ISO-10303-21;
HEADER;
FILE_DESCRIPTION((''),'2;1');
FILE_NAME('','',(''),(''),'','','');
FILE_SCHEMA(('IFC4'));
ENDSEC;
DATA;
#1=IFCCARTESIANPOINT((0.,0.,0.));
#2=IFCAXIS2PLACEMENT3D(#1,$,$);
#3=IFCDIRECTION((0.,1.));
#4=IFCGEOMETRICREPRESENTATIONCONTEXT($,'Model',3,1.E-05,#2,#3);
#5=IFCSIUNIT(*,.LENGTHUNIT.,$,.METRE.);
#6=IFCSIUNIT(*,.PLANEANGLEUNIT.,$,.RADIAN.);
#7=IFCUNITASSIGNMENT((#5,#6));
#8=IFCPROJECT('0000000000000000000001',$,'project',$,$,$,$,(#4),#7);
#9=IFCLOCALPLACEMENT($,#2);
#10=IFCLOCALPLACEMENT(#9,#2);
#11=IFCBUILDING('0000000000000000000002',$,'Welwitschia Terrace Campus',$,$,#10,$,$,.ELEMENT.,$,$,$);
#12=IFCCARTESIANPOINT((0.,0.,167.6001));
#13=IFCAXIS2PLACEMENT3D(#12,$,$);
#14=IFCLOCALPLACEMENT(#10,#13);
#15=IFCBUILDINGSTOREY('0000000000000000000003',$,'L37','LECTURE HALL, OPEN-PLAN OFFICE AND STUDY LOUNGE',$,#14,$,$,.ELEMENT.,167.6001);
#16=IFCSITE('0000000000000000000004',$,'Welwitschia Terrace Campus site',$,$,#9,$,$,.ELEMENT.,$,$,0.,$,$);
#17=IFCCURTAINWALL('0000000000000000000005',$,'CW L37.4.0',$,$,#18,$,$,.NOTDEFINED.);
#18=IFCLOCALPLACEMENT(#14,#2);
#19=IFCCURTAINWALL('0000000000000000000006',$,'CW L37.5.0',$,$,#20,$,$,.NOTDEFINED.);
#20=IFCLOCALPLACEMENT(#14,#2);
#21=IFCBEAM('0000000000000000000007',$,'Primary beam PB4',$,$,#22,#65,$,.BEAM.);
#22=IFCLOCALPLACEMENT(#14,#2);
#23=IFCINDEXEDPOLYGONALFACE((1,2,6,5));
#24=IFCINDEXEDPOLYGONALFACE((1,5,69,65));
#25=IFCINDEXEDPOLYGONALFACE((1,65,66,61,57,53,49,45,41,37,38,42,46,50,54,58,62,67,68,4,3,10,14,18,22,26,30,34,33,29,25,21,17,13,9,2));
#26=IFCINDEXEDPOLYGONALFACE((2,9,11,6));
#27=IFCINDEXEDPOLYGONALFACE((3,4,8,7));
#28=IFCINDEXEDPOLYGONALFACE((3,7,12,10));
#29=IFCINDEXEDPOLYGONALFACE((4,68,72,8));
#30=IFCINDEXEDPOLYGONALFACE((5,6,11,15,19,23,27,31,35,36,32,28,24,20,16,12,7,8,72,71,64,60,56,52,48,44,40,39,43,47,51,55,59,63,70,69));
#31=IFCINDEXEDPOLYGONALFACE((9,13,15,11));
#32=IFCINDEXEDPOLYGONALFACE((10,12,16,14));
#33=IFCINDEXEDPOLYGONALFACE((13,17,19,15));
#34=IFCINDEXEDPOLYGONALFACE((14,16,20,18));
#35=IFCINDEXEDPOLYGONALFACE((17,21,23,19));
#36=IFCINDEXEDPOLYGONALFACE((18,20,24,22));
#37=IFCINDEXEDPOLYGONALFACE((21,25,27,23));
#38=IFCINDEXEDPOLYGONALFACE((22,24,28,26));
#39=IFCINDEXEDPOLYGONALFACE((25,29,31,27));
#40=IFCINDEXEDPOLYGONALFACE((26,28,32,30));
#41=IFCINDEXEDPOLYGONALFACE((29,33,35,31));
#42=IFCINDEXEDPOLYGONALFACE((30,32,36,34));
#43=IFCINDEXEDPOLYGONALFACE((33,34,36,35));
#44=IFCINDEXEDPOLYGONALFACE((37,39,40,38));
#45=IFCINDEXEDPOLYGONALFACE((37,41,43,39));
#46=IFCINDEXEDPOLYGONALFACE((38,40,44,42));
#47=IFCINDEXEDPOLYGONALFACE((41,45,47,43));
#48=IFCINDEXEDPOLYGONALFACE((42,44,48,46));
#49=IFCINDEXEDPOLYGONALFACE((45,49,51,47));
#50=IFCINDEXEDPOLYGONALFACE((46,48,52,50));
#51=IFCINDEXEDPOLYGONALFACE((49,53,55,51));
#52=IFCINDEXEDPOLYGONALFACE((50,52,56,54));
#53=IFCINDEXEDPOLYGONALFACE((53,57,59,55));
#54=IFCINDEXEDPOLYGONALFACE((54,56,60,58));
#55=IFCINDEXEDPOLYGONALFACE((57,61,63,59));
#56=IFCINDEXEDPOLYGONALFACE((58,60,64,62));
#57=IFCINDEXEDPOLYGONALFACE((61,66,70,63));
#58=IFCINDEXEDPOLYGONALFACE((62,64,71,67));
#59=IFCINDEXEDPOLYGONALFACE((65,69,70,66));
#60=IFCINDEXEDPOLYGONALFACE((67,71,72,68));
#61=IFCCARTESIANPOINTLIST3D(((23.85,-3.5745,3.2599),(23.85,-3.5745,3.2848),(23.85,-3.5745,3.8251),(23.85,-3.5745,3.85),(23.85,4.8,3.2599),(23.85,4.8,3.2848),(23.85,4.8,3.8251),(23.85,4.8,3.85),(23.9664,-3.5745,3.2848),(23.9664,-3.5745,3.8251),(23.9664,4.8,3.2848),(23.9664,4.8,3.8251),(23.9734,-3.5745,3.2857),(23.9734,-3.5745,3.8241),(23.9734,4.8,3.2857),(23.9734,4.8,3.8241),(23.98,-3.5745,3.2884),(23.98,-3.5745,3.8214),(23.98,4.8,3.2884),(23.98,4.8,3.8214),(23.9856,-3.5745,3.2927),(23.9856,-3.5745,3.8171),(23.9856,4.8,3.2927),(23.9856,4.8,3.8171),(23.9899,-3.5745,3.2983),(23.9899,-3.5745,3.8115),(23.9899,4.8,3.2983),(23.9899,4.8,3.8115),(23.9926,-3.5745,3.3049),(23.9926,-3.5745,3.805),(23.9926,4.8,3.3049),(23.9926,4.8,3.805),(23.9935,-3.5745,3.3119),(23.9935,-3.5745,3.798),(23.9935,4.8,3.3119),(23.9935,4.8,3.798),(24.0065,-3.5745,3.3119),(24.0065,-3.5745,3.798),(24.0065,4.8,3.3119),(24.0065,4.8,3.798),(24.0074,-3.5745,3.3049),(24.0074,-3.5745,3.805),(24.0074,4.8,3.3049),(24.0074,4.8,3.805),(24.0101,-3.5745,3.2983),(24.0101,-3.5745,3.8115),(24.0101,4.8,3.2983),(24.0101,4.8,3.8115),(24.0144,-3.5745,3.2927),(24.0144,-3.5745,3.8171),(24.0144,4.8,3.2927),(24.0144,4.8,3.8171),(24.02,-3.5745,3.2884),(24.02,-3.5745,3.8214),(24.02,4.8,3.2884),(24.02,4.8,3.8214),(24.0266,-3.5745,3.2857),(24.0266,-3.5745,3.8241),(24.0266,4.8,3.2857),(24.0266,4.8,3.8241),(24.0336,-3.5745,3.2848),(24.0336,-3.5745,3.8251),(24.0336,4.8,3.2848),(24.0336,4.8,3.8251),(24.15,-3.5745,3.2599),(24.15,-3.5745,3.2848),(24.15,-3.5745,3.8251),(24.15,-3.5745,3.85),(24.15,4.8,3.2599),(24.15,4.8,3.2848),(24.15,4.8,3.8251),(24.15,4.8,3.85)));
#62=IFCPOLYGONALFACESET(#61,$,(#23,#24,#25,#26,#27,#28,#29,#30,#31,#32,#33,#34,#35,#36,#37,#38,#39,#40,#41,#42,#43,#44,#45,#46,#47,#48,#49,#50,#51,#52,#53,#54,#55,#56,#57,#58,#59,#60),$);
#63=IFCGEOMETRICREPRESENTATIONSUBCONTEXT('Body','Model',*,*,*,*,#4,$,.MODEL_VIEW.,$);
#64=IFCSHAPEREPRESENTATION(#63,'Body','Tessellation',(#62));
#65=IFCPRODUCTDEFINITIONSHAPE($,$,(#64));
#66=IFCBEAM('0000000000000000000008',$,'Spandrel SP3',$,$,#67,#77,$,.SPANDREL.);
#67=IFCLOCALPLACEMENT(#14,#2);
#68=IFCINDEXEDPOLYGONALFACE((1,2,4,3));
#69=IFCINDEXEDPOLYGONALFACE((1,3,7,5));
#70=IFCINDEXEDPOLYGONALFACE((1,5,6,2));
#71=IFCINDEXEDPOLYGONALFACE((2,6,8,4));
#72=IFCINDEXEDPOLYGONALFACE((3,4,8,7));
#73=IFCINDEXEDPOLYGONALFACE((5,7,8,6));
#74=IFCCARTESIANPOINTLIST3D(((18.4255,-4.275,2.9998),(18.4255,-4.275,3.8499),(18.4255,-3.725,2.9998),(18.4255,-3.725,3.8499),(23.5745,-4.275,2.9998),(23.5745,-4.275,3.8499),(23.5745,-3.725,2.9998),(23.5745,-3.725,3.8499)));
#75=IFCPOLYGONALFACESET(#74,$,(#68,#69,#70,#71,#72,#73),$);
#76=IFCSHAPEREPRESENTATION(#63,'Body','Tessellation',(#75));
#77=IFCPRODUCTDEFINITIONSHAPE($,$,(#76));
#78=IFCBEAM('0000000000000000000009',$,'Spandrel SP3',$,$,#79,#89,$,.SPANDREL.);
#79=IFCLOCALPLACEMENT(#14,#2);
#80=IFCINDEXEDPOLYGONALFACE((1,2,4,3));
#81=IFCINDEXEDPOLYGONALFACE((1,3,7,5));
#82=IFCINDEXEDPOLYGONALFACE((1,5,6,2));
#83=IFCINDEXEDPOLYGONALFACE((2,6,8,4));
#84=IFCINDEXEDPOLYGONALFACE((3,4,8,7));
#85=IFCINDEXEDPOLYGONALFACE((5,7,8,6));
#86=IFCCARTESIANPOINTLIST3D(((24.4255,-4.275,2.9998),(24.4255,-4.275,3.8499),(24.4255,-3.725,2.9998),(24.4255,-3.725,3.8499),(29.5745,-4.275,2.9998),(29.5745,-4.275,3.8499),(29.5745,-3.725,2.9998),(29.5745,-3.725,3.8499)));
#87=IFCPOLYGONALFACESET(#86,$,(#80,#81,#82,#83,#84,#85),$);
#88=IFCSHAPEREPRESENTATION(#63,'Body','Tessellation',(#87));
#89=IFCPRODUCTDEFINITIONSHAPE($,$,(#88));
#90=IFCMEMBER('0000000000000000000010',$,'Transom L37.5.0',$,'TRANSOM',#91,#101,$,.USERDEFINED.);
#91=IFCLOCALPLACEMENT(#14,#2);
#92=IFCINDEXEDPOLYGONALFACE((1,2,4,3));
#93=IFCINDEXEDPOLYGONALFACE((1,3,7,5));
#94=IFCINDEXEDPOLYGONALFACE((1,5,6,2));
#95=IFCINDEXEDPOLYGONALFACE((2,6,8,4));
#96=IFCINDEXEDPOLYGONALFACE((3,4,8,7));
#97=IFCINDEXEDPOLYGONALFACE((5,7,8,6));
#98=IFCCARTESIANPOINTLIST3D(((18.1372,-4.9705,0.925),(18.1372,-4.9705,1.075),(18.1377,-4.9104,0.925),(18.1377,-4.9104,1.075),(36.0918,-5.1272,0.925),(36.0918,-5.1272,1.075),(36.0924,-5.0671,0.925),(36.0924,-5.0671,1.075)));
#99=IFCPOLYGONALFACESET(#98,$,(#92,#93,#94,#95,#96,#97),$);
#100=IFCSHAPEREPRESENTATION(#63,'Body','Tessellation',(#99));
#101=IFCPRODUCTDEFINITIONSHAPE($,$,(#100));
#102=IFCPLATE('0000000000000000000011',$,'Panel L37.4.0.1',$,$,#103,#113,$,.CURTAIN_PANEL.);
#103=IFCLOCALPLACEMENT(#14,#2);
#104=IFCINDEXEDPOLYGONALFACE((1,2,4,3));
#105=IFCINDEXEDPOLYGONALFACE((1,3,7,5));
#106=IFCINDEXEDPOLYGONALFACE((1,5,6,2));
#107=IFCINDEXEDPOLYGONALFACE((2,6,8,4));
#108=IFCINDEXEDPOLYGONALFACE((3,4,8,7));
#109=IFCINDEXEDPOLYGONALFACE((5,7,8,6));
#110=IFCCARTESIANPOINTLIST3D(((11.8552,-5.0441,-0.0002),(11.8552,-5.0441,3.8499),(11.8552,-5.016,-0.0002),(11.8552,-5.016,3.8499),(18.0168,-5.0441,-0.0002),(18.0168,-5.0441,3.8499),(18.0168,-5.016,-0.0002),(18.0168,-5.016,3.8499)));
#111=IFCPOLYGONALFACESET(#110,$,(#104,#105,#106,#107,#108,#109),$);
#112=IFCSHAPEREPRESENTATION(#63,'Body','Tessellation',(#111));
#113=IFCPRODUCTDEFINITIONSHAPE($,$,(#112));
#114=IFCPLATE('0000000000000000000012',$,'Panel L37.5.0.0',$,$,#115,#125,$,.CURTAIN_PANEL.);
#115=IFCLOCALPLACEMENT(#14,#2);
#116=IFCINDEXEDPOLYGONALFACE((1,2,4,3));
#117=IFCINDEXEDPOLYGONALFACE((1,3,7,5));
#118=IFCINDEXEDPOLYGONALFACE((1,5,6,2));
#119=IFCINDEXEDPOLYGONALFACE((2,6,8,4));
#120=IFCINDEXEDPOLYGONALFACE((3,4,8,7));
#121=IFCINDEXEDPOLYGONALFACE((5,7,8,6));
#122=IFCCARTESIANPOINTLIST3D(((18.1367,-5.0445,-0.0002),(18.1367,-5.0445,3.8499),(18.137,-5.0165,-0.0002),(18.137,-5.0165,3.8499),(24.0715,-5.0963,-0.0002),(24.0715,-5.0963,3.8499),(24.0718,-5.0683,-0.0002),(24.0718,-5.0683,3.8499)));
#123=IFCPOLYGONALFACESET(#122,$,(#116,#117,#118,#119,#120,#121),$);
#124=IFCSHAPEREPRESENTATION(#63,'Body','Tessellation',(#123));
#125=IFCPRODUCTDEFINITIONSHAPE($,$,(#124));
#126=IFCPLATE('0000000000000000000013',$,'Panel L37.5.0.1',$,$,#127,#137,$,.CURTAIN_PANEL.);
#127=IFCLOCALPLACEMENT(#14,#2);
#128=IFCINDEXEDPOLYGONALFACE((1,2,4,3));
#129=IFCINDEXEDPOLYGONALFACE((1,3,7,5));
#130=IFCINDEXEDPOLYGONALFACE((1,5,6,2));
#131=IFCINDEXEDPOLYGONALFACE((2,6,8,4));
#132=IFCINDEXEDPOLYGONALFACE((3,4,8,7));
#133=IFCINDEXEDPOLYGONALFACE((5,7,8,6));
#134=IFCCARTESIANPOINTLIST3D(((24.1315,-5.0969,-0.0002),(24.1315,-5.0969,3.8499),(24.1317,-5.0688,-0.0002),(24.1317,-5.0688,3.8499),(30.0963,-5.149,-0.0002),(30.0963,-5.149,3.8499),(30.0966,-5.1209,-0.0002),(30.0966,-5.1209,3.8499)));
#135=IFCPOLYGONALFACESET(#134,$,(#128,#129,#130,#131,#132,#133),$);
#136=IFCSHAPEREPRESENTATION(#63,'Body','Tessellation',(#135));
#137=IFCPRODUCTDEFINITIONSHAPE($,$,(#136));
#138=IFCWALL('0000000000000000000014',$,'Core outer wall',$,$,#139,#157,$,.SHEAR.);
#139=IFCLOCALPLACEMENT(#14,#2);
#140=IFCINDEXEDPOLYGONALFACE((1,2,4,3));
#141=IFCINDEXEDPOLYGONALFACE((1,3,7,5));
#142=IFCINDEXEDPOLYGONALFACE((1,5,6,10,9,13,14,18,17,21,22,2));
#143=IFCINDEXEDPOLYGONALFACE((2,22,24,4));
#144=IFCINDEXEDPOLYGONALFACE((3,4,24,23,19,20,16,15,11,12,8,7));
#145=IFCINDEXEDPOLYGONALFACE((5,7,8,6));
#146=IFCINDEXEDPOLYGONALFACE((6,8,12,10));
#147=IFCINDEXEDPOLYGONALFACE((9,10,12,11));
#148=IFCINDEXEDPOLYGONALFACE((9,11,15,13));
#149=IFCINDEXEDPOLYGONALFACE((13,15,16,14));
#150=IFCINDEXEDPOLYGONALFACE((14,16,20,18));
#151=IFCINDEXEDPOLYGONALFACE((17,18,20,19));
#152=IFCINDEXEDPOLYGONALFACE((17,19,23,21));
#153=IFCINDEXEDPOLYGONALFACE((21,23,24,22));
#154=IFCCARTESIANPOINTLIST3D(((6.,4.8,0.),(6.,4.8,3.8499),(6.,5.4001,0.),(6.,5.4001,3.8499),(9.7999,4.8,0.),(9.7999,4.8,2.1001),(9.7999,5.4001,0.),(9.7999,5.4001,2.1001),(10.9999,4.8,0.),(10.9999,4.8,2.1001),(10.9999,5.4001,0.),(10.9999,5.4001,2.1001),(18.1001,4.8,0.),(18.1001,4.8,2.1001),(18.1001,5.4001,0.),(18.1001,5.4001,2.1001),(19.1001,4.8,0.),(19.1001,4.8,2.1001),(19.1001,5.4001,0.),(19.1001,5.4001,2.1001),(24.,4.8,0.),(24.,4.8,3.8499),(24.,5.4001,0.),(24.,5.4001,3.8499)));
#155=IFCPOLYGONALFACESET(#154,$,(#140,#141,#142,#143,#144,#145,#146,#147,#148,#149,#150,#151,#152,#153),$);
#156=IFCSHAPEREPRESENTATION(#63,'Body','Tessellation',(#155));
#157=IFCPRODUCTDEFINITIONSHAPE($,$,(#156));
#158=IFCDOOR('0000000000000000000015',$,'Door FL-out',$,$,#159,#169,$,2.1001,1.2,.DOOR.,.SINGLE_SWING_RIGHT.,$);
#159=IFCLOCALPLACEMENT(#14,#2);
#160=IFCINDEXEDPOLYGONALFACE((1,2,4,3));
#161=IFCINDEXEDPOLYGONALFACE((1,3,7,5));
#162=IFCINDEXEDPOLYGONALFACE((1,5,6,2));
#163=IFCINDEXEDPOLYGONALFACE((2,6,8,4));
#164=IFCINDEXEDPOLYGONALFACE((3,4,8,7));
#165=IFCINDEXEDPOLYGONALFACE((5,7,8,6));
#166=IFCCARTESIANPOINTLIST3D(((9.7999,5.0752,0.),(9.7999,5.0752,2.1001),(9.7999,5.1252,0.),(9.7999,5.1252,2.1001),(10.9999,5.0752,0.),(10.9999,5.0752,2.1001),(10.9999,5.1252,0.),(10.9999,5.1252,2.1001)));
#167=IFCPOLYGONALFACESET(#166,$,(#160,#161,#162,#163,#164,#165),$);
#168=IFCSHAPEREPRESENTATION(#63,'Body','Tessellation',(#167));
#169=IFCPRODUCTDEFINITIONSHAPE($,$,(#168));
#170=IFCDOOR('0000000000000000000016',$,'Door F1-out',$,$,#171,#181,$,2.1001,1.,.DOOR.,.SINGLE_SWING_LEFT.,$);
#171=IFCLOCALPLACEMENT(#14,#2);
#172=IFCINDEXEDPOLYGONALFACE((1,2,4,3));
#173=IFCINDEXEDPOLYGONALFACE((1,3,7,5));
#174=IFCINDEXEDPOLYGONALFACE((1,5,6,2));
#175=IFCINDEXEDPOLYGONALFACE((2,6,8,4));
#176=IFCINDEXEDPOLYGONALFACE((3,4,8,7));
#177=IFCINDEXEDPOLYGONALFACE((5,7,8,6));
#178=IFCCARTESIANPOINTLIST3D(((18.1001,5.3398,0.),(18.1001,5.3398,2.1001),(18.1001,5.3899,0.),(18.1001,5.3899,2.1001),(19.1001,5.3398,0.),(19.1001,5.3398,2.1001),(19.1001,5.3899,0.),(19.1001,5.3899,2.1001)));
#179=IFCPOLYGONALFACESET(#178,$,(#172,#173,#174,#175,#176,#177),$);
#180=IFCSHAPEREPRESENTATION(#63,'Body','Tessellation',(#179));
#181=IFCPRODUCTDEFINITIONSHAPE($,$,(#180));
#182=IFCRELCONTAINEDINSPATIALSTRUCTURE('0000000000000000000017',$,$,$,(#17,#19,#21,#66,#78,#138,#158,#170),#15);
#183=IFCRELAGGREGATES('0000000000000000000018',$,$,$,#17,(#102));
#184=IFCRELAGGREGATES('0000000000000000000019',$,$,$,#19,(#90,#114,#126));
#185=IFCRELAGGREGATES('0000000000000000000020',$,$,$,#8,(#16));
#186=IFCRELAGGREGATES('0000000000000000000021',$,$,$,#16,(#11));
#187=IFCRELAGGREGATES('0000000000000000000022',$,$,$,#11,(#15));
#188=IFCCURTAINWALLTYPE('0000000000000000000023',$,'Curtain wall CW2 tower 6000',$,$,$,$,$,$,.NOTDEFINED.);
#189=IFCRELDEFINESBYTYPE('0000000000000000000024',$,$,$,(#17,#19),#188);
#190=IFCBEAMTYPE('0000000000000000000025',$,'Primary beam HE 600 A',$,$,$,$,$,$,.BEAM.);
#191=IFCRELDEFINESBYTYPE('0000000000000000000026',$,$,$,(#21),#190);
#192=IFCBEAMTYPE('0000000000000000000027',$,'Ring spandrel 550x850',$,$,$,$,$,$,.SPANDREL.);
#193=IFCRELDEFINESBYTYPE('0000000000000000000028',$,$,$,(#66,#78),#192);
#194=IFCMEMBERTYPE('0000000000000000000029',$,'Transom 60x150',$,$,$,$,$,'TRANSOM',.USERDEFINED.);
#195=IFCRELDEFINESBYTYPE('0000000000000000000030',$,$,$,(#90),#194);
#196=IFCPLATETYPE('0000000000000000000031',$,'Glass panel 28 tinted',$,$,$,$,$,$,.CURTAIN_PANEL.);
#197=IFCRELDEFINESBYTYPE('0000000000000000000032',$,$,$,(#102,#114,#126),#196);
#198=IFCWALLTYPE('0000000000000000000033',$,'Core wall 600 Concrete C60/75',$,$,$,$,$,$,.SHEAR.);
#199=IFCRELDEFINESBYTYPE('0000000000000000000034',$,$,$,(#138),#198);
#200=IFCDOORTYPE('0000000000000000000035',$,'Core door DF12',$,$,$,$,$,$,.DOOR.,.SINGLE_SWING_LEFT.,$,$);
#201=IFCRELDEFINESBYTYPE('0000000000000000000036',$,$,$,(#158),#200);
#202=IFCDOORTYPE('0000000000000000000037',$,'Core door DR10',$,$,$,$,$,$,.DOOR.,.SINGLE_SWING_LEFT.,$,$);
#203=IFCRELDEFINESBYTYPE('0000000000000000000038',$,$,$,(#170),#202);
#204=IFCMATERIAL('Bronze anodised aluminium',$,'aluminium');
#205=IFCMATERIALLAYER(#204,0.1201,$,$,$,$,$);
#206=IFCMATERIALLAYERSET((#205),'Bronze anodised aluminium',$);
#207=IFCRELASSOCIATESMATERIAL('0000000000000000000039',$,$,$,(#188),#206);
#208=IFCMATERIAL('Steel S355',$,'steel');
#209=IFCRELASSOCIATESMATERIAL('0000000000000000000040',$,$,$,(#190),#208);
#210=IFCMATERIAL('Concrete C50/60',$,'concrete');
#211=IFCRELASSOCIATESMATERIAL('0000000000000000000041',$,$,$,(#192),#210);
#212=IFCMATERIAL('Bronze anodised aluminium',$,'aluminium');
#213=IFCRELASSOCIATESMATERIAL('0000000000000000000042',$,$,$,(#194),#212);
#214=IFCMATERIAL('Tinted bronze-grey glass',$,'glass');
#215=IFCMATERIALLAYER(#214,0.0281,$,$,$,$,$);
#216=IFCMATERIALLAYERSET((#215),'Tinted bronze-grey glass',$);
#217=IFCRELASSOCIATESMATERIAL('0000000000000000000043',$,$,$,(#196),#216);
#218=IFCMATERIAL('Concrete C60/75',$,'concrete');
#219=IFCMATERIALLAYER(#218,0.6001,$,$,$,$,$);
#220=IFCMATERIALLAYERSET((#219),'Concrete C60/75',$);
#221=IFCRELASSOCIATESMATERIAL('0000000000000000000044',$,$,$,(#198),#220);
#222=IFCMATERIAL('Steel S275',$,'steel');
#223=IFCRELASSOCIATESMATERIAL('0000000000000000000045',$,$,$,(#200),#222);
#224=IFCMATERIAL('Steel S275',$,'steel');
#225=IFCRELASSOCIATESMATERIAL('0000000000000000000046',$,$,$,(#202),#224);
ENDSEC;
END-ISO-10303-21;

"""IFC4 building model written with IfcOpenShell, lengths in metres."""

from ifc_helpers import new_model, si_unit, direction, frame, frame_2d, origin, origin_2d, place, context, subcontext, project, spatial, rectangle, i_section, extrude, material, layer, layer_set, material_profile, profile_set, type_object, element, fill, aggregate, save


model = new_model("IFC4")

# Units and contexts
model_context = context("Model", 3, precision=1e-05, world=origin(), true_north=direction((0.0, 1.0)))
body_context = subcontext(model_context, "Body", "Model", "MODEL_VIEW")
ifc_project = project(units=[si_unit("LENGTHUNIT", "METRE"), si_unit("PLANEANGLEUNIT", "RADIAN")], contexts=[model_context])

# Site, building, storey
site_placement = place(None, origin())
site = spatial("IfcSite", under=ifc_project, at=site_placement, Name="Welwitschia Terrace Campus site", CompositionType="ELEMENT", RefElevation=0.0)
building_placement = place(site_placement, origin())
building = spatial("IfcBuilding", under=site, at=building_placement, Name="Welwitschia Terrace Campus", CompositionType="ELEMENT")
storey_placement = place(building_placement, frame((0.0, 0.0, 167.6001)))
storey = spatial("IfcBuildingStorey", under=building, at=storey_placement, Name="L37", Description="LECTURE HALL, OPEN-PLAN OFFICE AND STUDY LOUNGE", CompositionType="ELEMENT", Elevation=167.6001)

# Curtain wall
ifc_material_1 = material(Name="Bronze anodised aluminium", Category="aluminium")
ifc_layer_1 = layer(ifc_material_1, 0.1201)
ifc_layer_set_1 = layer_set([ifc_layer_1], Name="Bronze anodised aluminium")
curtain_wall_type = type_object("IfcCurtainWallType", Name="Curtain wall CW2 tower 6000", PredefinedType="NOTDEFINED", material=ifc_layer_set_1)
curtain_wall_1_placement = place(storey_placement, origin())
curtain_wall_1 = element("IfcCurtainWall", 1, at=curtain_wall_1_placement, inside=storey, type_object=curtain_wall_type, Name="CW L37.4.0", PredefinedType="NOTDEFINED")

# Curtain wall
curtain_wall_2_placement = place(storey_placement, origin())
curtain_wall_2 = element("IfcCurtainWall", 2, at=curtain_wall_2_placement, inside=storey, type_object=curtain_wall_type, Name="CW L37.5.0", PredefinedType="NOTDEFINED")

# Beams
ifc_material_2 = material(Name="Steel S355", Category="steel")
ifc_material_profile_1 = material_profile(ifc_material_2, i_section(OverallWidth=0.3, OverallDepth=0.5901, WebThickness=0.0129, FlangeThickness=0.0249, FilletRadius=0.0271, at=origin_2d()))
ifc_profile_set_1 = profile_set([ifc_material_profile_1], Name="Steel S355")
beam_type_1 = type_object("IfcBeamType", Name="Primary beam HE 600 A", PredefinedType="BEAM", material=ifc_profile_set_1)
beam_1_placement = place(storey_placement, frame((24.0, -3.5745, 3.5549), z_axis=(0.0, 1.0, 0.0), x_axis=(-1.0, 0.0, 0.0)))
element("IfcBeam", 3, at=beam_1_placement, inside=storey, type_object=beam_type_1, Name="Primary beam PB4", PredefinedType="BEAM", context=body_context, shape_type="SweptSolid", body=[
    extrude(i_section(OverallWidth=0.3, OverallDepth=0.5901, WebThickness=0.0129, FlangeThickness=0.0249, FilletRadius=0.0271, at=origin_2d()), origin(), (0.0, 0.0, 1.0), 8.3745),
])
ifc_material_3 = material(Name="Concrete C50/60", Category="concrete")
ifc_material_profile_2 = material_profile(ifc_material_3, rectangle(XDim=0.55, YDim=0.8501, at=origin_2d()))
ifc_profile_set_2 = profile_set([ifc_material_profile_2], Name="Concrete C50/60")
beam_type_2 = type_object("IfcBeamType", Name="Ring spandrel 550x850", PredefinedType="SPANDREL", material=ifc_profile_set_2)
for number, where, z_axis, x_axis, name in (
    (4, (18.4255, -4.0, 3.4248), (1.0, 0.0, 0.0), (0.0, 1.0, 0.0), "Spandrel SP3"),
    (5, (24.4255, -4.0, 3.4248), (1.0, 0.0, 0.0), (0.0, 1.0, 0.0), "Spandrel SP3"),
):
    element("IfcBeam", number, at=place(storey_placement, frame(where, z_axis=z_axis, x_axis=x_axis)), inside=storey, type_object=beam_type_2, Name=name, PredefinedType="SPANDREL", context=body_context, shape_type="SweptSolid", body=[
        extrude(rectangle(XDim=0.55, YDim=0.8501, at=origin_2d()), origin(), (0.0, 0.0, 1.0), 5.1489),
    ])

# Member
ifc_material_4 = material(Name="Bronze anodised aluminium", Category="aluminium")
ifc_material_profile_3 = material_profile(ifc_material_4, rectangle(XDim=0.0601, YDim=0.1499, at=origin_2d()))
ifc_profile_set_3 = profile_set([ifc_material_profile_3], Name="Bronze anodised aluminium")
member_type_1 = type_object("IfcMemberType", Name="Transom 60x150", ElementType="TRANSOM", PredefinedType="USERDEFINED", material=ifc_profile_set_3)
member_1_placement = place(storey_placement, frame((18.1375, -4.9404, 1.0), z_axis=(0.999962, -0.008729, 0.0), x_axis=(0.008729, 0.999962, 0.0)))
member_1 = element("IfcMember", 6, at=member_1_placement, type_object=member_type_1, Name="Transom L37.5.0", ObjectType="TRANSOM", PredefinedType="USERDEFINED", context=body_context, shape_type="SweptSolid", body=[
    extrude(rectangle(XDim=0.0601, YDim=0.1499, at=origin_2d()), origin(), (0.0, 0.0, 1.0), 17.9553),
])

# Plates
ifc_material_5 = material(Name="Tinted bronze-grey glass", Category="glass")
ifc_layer_2 = layer(ifc_material_5, 0.0281)
ifc_layer_set_2 = layer_set([ifc_layer_2], Name="Tinted bronze-grey glass")
plate_type = type_object("IfcPlateType", Name="Glass panel 28 tinted", PredefinedType="CURTAIN_PANEL", material=ifc_layer_set_2)
plate_1_placement = place(storey_placement, frame((14.936, -5.03, -0.0002), z_axis=(0.0, 0.0, 1.0), x_axis=(1.0, 0.0, 0.0)))
plate_1 = element("IfcPlate", 7, at=plate_1_placement, type_object=plate_type, Name="Panel L37.4.0.1", PredefinedType="CURTAIN_PANEL", context=body_context, shape_type="SweptSolid", body=[
    extrude(rectangle(XDim=6.1616, YDim=0.0281, at=origin_2d()), origin(), (0.0, 0.0, 1.0), 3.8501),
])
aggregate(curtain_wall_1, [plate_1])
plate_2_placement = place(storey_placement, frame((21.1042, -5.0564, -0.0002), z_axis=(0.0, 0.0, 1.0), x_axis=(0.999962, -0.008727, 0.0)))
plate_2 = element("IfcPlate", 8, at=plate_2_placement, type_object=plate_type, Name="Panel L37.5.0.0", PredefinedType="CURTAIN_PANEL", context=body_context, shape_type="SweptSolid", body=[
    extrude(rectangle(XDim=5.9351, YDim=0.0281, at=origin_2d()), origin(), (0.0, 0.0, 1.0), 3.8501),
])
plate_3_placement = place(storey_placement, frame((27.114, -5.1089, -0.0002), z_axis=(0.0, 0.0, 1.0), x_axis=(0.999962, -0.008727, 0.0)))
plate_3 = element("IfcPlate", 9, at=plate_3_placement, type_object=plate_type, Name="Panel L37.5.0.1", PredefinedType="CURTAIN_PANEL", context=body_context, shape_type="SweptSolid", body=[
    extrude(rectangle(XDim=5.9651, YDim=0.0281, at=origin_2d()), origin(), (0.0, 0.0, 1.0), 3.8501),
])
aggregate(curtain_wall_2, [member_1, plate_2, plate_3])

# Wall, openings, doors
ifc_material_6 = material(Name="Concrete C60/75", Category="concrete")
ifc_layer_3 = layer(ifc_material_6, 0.6001)
ifc_layer_set_3 = layer_set([ifc_layer_3], Name="Concrete C60/75")
wall_type_1 = type_object("IfcWallType", Name="Core wall 600 Concrete C60/75", PredefinedType="SHEAR", material=ifc_layer_set_3)
wall_1_placement = place(storey_placement, frame((24.0, 5.1001, 0.0), z_axis=(0.0, 0.0, 1.0), x_axis=(-1.0, 0.0, 0.0)))
wall_1 = element("IfcWall", 10, at=wall_1_placement, inside=storey, type_object=wall_type_1, Name="Core outer wall", PredefinedType="SHEAR", context=body_context, shape_type="SweptSolid", body=[
    extrude(rectangle(XDim=18.0, YDim=0.6001, at=frame_2d((9.0, 0.0))), origin(), (0.0, 0.0, 1.0), 3.8499),
])
opening_1_placement = place(wall_1_placement, frame((13.0, 0.0, 0.0)))
opening_1 = element("IfcOpeningElement", 11, at=opening_1_placement, cuts=wall_1, PredefinedType="OPENING", context=body_context, shape_type="SweptSolid", body=[
    extrude(rectangle(XDim=1.2, YDim=2.1001, at=frame_2d((0.6001, 1.05))), frame((0.0, 0.3101, 0.0), z_axis=(0.0, -1.0, 0.0), x_axis=(1.0, 0.0, 0.0)), (0.0, 0.0, 1.0), 0.6201),
])
opening_2_placement = place(wall_1_placement, frame((4.8999, 0.0, 0.0)))
opening_2 = element("IfcOpeningElement", 12, at=opening_2_placement, cuts=wall_1, PredefinedType="OPENING", context=body_context, shape_type="SweptSolid", body=[
    extrude(rectangle(XDim=1.0, YDim=2.1001, at=frame_2d((0.5, 1.05))), frame((0.0, 0.3101, 0.0), z_axis=(0.0, -1.0, 0.0), x_axis=(1.0, 0.0, 0.0)), (0.0, 0.0, 1.0), 0.6201),
])
ifc_material_7 = material(Name="Steel S275", Category="steel")
door_type_1 = type_object("IfcDoorType", Name="Core door DF12", OperationType="SINGLE_SWING_LEFT", PredefinedType="DOOR", material=ifc_material_7)
door_1_placement = place(opening_1_placement, origin())
door_1 = element("IfcDoor", 13, at=door_1_placement, inside=storey, type_object=door_type_1, Name="Door FL-out", OperationType="SINGLE_SWING_RIGHT", OverallHeight=2.1001, OverallWidth=1.2, PredefinedType="DOOR", context=body_context, shape_type="SweptSolid", body=[
    extrude(rectangle(XDim=1.2, YDim=2.1001, at=frame_2d((0.6001, 1.05))), frame((0.0, 0.0249, 0.0), z_axis=(0.0, -1.0, 0.0), x_axis=(1.0, 0.0, 0.0)), (0.0, 0.0, 1.0), 0.05),
])
fill(opening_1, door_1)
ifc_material_8 = material(Name="Steel S275", Category="steel")
door_type_2 = type_object("IfcDoorType", Name="Core door DR10", OperationType="SINGLE_SWING_LEFT", PredefinedType="DOOR", material=ifc_material_8)
door_2_placement = place(opening_2_placement, origin())
door_2 = element("IfcDoor", 14, at=door_2_placement, inside=storey, type_object=door_type_2, Name="Door F1-out", OperationType="SINGLE_SWING_LEFT", OverallHeight=2.1001, OverallWidth=1.0, PredefinedType="DOOR", context=body_context, shape_type="SweptSolid", body=[
    extrude(rectangle(XDim=1.0, YDim=2.1001, at=frame_2d((0.5, 1.05))), frame((0.0, -0.2397, 0.0), z_axis=(0.0, -1.0, 0.0), x_axis=(1.0, 0.0, 0.0)), (0.0, 0.0, 1.0), 0.05),
])
fill(opening_2, door_2)

save(model, "model.ifc")
